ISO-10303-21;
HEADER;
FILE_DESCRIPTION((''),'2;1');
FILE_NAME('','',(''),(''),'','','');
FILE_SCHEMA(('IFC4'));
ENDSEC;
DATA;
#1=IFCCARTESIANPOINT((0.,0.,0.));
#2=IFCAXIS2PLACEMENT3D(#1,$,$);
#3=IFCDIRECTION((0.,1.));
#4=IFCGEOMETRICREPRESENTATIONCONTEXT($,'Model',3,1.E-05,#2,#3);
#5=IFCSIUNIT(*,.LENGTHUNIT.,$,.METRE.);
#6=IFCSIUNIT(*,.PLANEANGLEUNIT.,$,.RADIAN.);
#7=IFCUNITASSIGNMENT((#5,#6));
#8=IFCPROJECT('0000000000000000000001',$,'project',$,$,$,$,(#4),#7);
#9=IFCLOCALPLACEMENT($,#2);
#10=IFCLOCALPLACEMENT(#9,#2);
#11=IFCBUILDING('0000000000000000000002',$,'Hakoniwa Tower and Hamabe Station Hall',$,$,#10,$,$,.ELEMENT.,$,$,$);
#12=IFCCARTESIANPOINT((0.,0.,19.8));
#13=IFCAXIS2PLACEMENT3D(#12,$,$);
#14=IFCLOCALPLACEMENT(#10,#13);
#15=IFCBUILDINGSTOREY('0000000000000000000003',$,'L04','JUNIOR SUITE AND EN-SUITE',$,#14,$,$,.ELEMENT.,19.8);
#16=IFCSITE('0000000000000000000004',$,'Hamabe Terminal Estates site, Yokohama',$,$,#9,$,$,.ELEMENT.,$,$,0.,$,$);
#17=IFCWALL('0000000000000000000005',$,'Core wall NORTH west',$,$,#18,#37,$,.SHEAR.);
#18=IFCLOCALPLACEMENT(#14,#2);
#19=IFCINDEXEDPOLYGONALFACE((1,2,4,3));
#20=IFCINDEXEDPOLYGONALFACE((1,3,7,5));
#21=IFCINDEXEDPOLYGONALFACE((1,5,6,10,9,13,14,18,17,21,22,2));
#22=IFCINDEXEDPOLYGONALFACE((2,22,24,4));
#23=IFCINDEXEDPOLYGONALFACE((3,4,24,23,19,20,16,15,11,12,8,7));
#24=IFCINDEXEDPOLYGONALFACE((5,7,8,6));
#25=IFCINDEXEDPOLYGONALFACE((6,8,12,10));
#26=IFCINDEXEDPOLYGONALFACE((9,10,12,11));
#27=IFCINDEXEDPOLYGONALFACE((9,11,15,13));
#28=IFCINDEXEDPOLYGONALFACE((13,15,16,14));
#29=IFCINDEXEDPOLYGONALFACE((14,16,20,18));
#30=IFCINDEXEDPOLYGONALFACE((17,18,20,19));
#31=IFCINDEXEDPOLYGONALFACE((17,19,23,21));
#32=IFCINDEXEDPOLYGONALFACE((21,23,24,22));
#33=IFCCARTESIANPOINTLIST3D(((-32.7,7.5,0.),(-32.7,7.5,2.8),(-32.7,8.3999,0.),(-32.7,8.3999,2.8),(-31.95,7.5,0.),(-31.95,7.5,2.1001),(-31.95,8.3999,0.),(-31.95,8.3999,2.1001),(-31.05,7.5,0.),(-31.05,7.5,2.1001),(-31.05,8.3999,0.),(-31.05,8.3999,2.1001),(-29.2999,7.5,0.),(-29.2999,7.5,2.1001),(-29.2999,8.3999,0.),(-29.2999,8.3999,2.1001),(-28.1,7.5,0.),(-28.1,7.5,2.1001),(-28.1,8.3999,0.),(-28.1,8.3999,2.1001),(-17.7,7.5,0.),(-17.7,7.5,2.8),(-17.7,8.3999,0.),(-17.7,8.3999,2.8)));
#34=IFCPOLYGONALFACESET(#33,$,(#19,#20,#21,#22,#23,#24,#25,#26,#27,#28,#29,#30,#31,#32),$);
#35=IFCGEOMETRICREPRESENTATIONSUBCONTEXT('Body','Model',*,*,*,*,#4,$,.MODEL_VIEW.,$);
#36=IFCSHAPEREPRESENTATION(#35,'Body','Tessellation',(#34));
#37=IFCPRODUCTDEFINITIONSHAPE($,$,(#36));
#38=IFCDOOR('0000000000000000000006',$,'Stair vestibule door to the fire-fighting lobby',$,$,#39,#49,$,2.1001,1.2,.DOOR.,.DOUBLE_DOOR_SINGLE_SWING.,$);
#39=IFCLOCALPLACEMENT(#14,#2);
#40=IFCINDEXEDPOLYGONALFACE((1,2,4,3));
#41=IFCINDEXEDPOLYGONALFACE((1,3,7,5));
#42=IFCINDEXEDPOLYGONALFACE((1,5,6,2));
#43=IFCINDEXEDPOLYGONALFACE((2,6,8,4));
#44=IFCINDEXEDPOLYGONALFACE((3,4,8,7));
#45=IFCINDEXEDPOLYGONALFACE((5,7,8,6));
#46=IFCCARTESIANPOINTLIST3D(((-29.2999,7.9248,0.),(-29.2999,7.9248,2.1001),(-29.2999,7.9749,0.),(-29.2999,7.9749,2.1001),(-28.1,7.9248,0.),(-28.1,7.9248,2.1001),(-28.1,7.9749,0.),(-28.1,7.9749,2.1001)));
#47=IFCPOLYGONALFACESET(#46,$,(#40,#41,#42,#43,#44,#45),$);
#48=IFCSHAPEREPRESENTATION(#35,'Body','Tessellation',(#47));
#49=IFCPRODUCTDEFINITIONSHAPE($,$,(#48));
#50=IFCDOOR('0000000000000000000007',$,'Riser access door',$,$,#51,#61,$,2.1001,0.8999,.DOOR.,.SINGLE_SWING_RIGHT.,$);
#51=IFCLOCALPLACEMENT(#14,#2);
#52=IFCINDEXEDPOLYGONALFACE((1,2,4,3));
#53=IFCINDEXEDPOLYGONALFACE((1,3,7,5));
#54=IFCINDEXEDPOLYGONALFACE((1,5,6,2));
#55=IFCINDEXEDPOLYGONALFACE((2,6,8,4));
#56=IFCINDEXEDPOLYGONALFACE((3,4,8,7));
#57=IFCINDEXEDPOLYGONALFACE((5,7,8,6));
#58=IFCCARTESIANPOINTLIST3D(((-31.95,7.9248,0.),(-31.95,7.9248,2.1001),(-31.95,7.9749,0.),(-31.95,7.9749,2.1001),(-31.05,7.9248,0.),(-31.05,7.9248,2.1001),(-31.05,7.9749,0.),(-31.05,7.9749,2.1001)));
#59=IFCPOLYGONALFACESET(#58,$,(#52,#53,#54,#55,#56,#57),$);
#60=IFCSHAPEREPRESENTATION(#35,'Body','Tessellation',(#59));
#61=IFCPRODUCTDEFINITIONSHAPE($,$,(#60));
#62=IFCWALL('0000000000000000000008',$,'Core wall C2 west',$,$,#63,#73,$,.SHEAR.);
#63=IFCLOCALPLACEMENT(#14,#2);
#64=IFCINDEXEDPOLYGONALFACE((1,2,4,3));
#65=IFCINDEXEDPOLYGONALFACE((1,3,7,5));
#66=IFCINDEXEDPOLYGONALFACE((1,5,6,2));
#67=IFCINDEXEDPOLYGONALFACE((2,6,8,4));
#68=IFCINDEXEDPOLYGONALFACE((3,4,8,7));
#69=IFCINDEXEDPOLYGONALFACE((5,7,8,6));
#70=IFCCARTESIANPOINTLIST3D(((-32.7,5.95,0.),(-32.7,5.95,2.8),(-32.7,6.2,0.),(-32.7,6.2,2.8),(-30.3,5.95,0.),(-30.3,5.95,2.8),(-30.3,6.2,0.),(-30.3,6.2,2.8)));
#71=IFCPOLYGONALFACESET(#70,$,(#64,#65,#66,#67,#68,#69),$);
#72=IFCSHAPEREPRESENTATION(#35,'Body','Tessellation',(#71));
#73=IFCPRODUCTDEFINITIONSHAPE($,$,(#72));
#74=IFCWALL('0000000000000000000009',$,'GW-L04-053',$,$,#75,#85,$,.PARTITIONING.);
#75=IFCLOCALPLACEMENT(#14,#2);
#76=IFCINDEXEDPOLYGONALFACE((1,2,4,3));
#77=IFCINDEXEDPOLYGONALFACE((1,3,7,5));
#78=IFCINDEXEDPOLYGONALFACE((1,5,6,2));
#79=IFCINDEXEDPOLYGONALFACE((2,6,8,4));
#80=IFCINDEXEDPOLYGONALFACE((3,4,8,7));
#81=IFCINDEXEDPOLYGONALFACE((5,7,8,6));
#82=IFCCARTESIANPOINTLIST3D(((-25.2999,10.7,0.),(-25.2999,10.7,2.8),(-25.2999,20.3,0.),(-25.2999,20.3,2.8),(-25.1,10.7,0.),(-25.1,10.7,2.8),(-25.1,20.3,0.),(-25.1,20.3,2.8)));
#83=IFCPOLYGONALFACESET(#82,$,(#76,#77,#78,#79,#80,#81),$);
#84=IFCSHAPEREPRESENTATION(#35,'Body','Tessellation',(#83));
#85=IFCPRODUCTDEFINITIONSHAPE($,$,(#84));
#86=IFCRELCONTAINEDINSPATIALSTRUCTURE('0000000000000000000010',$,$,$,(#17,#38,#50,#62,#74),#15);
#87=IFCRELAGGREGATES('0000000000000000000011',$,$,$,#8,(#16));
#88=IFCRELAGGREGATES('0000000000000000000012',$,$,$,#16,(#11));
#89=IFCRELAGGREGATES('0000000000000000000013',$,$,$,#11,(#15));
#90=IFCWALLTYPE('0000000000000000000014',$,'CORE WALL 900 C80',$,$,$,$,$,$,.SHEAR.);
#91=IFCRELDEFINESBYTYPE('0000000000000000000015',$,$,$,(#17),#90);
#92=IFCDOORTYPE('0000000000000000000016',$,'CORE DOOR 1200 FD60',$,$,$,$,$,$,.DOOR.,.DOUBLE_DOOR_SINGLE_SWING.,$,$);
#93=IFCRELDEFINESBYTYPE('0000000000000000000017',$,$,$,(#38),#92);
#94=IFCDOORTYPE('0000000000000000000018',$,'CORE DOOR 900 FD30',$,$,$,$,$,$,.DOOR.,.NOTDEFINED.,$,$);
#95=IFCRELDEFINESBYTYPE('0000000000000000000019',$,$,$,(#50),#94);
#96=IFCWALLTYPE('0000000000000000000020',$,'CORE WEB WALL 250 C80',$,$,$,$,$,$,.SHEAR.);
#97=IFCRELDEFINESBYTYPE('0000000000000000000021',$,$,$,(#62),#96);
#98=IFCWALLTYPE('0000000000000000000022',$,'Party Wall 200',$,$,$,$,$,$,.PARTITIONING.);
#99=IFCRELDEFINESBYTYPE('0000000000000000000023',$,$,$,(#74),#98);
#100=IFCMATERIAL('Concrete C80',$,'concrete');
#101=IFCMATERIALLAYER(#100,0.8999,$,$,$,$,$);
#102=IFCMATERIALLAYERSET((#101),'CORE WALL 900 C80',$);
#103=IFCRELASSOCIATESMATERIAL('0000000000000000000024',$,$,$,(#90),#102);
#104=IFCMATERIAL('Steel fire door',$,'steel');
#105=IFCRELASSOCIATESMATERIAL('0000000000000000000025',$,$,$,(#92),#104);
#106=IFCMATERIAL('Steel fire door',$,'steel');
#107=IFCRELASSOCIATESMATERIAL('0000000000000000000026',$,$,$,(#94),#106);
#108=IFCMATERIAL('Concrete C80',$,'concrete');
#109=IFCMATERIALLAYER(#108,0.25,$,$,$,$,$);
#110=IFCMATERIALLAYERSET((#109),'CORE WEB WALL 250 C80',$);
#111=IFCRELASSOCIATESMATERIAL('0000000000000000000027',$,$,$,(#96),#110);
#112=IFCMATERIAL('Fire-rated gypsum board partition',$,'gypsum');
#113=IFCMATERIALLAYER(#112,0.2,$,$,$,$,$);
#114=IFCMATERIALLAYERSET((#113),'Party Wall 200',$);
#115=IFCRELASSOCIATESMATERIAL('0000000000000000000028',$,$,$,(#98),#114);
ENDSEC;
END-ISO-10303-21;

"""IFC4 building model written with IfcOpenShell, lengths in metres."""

from ifc_helpers import new_model, si_unit, direction, frame, frame_2d, origin, place, context, subcontext, project, spatial, rectangle, extrude, material, layer, layer_set, type_object, element, fill, save


model = new_model("IFC4")

# Units and contexts
model_context = context("Model", 3, precision=1e-05, world=origin(), true_north=direction((0.0, 1.0)))
body_context = subcontext(model_context, "Body", "Model", "MODEL_VIEW")
ifc_project = project(units=[si_unit("LENGTHUNIT", "METRE"), si_unit("PLANEANGLEUNIT", "RADIAN")], contexts=[model_context])

# Site, building, storey
site_placement = place(None, origin())
site = spatial("IfcSite", under=ifc_project, at=site_placement, Name="Hamabe Terminal Estates site, Yokohama", CompositionType="ELEMENT", RefElevation=0.0)
building_placement = place(site_placement, origin())
building = spatial("IfcBuilding", under=site, at=building_placement, Name="Hakoniwa Tower and Hamabe Station Hall", CompositionType="ELEMENT")
storey_placement = place(building_placement, frame((0.0, 0.0, 19.8)))
storey = spatial("IfcBuildingStorey", under=building, at=storey_placement, Name="L04", Description="JUNIOR SUITE AND EN-SUITE", CompositionType="ELEMENT", Elevation=19.8)

# Wall, openings, doors
ifc_material_1 = material(Name="Concrete C80", Category="concrete")
ifc_layer_1 = layer(ifc_material_1, 0.8999)
ifc_layer_set_1 = layer_set([ifc_layer_1], Name="CORE WALL 900 C80")
wall_type_1 = type_object("IfcWallType", Name="CORE WALL 900 C80", PredefinedType="SHEAR", material=ifc_layer_set_1)
wall_1_placement = place(storey_placement, frame((-32.7, 7.95, 0.0), z_axis=(0.0, 0.0, 1.0), x_axis=(1.0, 0.0, 0.0)))
wall_1 = element("IfcWall", 1, at=wall_1_placement, inside=storey, type_object=wall_type_1, Name="Core wall NORTH west", PredefinedType="SHEAR", context=body_context, shape_type="SweptSolid", body=[
    extrude(rectangle(XDim=15.0, YDim=0.8999, at=frame_2d((7.5, 0.0))), origin(), (0.0, 0.0, 1.0), 2.8),
])
opening_1_placement = place(wall_1_placement, frame((3.3999, 0.0, 0.0)))
opening_1 = element("IfcOpeningElement", 2, at=opening_1_placement, cuts=wall_1, PredefinedType="OPENING", context=body_context, shape_type="SweptSolid", body=[
    extrude(rectangle(XDim=1.2, YDim=2.1001, at=frame_2d((0.6001, 1.05))), frame((0.0, 0.46, 0.0), z_axis=(0.0, -1.0, 0.0), x_axis=(1.0, 0.0, 0.0)), (0.0, 0.0, 1.0), 0.9199),
])
opening_2_placement = place(wall_1_placement, frame((0.75, 0.0, 0.0)))
opening_2 = element("IfcOpeningElement", 3, at=opening_2_placement, cuts=wall_1, PredefinedType="OPENING", context=body_context, shape_type="SweptSolid", body=[
    extrude(rectangle(XDim=0.8999, YDim=2.1001, at=frame_2d((0.45, 1.05))), frame((0.0, 0.46, 0.0), z_axis=(0.0, -1.0, 0.0), x_axis=(1.0, 0.0, 0.0)), (0.0, 0.0, 1.0), 0.9199),
])
ifc_material_2 = material(Name="Steel fire door", Category="steel")
door_type_1 = type_object("IfcDoorType", Name="CORE DOOR 1200 FD60", OperationType="DOUBLE_DOOR_SINGLE_SWING", PredefinedType="DOOR", material=ifc_material_2)
door_1_placement = place(opening_1_placement, origin())
door_1 = element("IfcDoor", 4, at=door_1_placement, inside=storey, type_object=door_type_1, Name="Stair vestibule door to the fire-fighting lobby", OperationType="DOUBLE_DOOR_SINGLE_SWING", OverallHeight=2.1001, OverallWidth=1.2, PredefinedType="DOOR", context=body_context, shape_type="SweptSolid", body=[
    extrude(rectangle(XDim=1.2, YDim=2.1001, at=frame_2d((0.6001, 1.05))), frame((0.0, 0.0249, 0.0), z_axis=(0.0, -1.0, 0.0), x_axis=(1.0, 0.0, 0.0)), (0.0, 0.0, 1.0), 0.05),
])
fill(opening_1, door_1)
ifc_material_3 = material(Name="Steel fire door", Category="steel")
door_type_2 = type_object("IfcDoorType", Name="CORE DOOR 900 FD30", OperationType="NOTDEFINED", PredefinedType="DOOR", material=ifc_material_3)
door_2_placement = place(opening_2_placement, origin())
door_2 = element("IfcDoor", 5, at=door_2_placement, inside=storey, type_object=door_type_2, Name="Riser access door", OperationType="SINGLE_SWING_RIGHT", OverallHeight=2.1001, OverallWidth=0.8999, PredefinedType="DOOR", context=body_context, shape_type="SweptSolid", body=[
    extrude(rectangle(XDim=0.8999, YDim=2.1001, at=frame_2d((0.45, 1.05))), frame((0.0, 0.0249, 0.0), z_axis=(0.0, -1.0, 0.0), x_axis=(1.0, 0.0, 0.0)), (0.0, 0.0, 1.0), 0.05),
])
fill(opening_2, door_2)

# Walls
ifc_material_4 = material(Name="Concrete C80", Category="concrete")
ifc_layer_2 = layer(ifc_material_4, 0.25)
ifc_layer_set_2 = layer_set([ifc_layer_2], Name="CORE WEB WALL 250 C80")
wall_type_2 = type_object("IfcWallType", Name="CORE WEB WALL 250 C80", PredefinedType="SHEAR", material=ifc_layer_set_2)
wall_2_placement = place(storey_placement, frame((-32.7, 6.075, 0.0), z_axis=(0.0, 0.0, 1.0), x_axis=(1.0, 0.0, 0.0)))
element("IfcWall", 6, at=wall_2_placement, inside=storey, type_object=wall_type_2, Name="Core wall C2 west", PredefinedType="SHEAR", context=body_context, shape_type="SweptSolid", body=[
    extrude(rectangle(XDim=2.3999, YDim=0.25, at=frame_2d((1.2, 0.0))), origin(), (0.0, 0.0, 1.0), 2.8),
])
ifc_material_5 = material(Name="Fire-rated gypsum board partition", Category="gypsum")
ifc_layer_3 = layer(ifc_material_5, 0.2)
ifc_layer_set_3 = layer_set([ifc_layer_3], Name="Party Wall 200")
wall_type_3 = type_object("IfcWallType", Name="Party Wall 200", PredefinedType="PARTITIONING", material=ifc_layer_set_3)
wall_3_placement = place(storey_placement, frame((-25.2, 10.7, 0.0), z_axis=(0.0, 0.0, 1.0), x_axis=(0.0, 1.0, 0.0)))
element("IfcWall", 7, at=wall_3_placement, inside=storey, type_object=wall_type_3, Name="GW-L04-053", PredefinedType="PARTITIONING", context=body_context, shape_type="SweptSolid", body=[
    extrude(rectangle(XDim=9.6001, YDim=0.2, at=frame_2d((4.8, 0.0))), origin(), (0.0, 0.0, 1.0), 2.8),
])

save(model, "model.ifc")
